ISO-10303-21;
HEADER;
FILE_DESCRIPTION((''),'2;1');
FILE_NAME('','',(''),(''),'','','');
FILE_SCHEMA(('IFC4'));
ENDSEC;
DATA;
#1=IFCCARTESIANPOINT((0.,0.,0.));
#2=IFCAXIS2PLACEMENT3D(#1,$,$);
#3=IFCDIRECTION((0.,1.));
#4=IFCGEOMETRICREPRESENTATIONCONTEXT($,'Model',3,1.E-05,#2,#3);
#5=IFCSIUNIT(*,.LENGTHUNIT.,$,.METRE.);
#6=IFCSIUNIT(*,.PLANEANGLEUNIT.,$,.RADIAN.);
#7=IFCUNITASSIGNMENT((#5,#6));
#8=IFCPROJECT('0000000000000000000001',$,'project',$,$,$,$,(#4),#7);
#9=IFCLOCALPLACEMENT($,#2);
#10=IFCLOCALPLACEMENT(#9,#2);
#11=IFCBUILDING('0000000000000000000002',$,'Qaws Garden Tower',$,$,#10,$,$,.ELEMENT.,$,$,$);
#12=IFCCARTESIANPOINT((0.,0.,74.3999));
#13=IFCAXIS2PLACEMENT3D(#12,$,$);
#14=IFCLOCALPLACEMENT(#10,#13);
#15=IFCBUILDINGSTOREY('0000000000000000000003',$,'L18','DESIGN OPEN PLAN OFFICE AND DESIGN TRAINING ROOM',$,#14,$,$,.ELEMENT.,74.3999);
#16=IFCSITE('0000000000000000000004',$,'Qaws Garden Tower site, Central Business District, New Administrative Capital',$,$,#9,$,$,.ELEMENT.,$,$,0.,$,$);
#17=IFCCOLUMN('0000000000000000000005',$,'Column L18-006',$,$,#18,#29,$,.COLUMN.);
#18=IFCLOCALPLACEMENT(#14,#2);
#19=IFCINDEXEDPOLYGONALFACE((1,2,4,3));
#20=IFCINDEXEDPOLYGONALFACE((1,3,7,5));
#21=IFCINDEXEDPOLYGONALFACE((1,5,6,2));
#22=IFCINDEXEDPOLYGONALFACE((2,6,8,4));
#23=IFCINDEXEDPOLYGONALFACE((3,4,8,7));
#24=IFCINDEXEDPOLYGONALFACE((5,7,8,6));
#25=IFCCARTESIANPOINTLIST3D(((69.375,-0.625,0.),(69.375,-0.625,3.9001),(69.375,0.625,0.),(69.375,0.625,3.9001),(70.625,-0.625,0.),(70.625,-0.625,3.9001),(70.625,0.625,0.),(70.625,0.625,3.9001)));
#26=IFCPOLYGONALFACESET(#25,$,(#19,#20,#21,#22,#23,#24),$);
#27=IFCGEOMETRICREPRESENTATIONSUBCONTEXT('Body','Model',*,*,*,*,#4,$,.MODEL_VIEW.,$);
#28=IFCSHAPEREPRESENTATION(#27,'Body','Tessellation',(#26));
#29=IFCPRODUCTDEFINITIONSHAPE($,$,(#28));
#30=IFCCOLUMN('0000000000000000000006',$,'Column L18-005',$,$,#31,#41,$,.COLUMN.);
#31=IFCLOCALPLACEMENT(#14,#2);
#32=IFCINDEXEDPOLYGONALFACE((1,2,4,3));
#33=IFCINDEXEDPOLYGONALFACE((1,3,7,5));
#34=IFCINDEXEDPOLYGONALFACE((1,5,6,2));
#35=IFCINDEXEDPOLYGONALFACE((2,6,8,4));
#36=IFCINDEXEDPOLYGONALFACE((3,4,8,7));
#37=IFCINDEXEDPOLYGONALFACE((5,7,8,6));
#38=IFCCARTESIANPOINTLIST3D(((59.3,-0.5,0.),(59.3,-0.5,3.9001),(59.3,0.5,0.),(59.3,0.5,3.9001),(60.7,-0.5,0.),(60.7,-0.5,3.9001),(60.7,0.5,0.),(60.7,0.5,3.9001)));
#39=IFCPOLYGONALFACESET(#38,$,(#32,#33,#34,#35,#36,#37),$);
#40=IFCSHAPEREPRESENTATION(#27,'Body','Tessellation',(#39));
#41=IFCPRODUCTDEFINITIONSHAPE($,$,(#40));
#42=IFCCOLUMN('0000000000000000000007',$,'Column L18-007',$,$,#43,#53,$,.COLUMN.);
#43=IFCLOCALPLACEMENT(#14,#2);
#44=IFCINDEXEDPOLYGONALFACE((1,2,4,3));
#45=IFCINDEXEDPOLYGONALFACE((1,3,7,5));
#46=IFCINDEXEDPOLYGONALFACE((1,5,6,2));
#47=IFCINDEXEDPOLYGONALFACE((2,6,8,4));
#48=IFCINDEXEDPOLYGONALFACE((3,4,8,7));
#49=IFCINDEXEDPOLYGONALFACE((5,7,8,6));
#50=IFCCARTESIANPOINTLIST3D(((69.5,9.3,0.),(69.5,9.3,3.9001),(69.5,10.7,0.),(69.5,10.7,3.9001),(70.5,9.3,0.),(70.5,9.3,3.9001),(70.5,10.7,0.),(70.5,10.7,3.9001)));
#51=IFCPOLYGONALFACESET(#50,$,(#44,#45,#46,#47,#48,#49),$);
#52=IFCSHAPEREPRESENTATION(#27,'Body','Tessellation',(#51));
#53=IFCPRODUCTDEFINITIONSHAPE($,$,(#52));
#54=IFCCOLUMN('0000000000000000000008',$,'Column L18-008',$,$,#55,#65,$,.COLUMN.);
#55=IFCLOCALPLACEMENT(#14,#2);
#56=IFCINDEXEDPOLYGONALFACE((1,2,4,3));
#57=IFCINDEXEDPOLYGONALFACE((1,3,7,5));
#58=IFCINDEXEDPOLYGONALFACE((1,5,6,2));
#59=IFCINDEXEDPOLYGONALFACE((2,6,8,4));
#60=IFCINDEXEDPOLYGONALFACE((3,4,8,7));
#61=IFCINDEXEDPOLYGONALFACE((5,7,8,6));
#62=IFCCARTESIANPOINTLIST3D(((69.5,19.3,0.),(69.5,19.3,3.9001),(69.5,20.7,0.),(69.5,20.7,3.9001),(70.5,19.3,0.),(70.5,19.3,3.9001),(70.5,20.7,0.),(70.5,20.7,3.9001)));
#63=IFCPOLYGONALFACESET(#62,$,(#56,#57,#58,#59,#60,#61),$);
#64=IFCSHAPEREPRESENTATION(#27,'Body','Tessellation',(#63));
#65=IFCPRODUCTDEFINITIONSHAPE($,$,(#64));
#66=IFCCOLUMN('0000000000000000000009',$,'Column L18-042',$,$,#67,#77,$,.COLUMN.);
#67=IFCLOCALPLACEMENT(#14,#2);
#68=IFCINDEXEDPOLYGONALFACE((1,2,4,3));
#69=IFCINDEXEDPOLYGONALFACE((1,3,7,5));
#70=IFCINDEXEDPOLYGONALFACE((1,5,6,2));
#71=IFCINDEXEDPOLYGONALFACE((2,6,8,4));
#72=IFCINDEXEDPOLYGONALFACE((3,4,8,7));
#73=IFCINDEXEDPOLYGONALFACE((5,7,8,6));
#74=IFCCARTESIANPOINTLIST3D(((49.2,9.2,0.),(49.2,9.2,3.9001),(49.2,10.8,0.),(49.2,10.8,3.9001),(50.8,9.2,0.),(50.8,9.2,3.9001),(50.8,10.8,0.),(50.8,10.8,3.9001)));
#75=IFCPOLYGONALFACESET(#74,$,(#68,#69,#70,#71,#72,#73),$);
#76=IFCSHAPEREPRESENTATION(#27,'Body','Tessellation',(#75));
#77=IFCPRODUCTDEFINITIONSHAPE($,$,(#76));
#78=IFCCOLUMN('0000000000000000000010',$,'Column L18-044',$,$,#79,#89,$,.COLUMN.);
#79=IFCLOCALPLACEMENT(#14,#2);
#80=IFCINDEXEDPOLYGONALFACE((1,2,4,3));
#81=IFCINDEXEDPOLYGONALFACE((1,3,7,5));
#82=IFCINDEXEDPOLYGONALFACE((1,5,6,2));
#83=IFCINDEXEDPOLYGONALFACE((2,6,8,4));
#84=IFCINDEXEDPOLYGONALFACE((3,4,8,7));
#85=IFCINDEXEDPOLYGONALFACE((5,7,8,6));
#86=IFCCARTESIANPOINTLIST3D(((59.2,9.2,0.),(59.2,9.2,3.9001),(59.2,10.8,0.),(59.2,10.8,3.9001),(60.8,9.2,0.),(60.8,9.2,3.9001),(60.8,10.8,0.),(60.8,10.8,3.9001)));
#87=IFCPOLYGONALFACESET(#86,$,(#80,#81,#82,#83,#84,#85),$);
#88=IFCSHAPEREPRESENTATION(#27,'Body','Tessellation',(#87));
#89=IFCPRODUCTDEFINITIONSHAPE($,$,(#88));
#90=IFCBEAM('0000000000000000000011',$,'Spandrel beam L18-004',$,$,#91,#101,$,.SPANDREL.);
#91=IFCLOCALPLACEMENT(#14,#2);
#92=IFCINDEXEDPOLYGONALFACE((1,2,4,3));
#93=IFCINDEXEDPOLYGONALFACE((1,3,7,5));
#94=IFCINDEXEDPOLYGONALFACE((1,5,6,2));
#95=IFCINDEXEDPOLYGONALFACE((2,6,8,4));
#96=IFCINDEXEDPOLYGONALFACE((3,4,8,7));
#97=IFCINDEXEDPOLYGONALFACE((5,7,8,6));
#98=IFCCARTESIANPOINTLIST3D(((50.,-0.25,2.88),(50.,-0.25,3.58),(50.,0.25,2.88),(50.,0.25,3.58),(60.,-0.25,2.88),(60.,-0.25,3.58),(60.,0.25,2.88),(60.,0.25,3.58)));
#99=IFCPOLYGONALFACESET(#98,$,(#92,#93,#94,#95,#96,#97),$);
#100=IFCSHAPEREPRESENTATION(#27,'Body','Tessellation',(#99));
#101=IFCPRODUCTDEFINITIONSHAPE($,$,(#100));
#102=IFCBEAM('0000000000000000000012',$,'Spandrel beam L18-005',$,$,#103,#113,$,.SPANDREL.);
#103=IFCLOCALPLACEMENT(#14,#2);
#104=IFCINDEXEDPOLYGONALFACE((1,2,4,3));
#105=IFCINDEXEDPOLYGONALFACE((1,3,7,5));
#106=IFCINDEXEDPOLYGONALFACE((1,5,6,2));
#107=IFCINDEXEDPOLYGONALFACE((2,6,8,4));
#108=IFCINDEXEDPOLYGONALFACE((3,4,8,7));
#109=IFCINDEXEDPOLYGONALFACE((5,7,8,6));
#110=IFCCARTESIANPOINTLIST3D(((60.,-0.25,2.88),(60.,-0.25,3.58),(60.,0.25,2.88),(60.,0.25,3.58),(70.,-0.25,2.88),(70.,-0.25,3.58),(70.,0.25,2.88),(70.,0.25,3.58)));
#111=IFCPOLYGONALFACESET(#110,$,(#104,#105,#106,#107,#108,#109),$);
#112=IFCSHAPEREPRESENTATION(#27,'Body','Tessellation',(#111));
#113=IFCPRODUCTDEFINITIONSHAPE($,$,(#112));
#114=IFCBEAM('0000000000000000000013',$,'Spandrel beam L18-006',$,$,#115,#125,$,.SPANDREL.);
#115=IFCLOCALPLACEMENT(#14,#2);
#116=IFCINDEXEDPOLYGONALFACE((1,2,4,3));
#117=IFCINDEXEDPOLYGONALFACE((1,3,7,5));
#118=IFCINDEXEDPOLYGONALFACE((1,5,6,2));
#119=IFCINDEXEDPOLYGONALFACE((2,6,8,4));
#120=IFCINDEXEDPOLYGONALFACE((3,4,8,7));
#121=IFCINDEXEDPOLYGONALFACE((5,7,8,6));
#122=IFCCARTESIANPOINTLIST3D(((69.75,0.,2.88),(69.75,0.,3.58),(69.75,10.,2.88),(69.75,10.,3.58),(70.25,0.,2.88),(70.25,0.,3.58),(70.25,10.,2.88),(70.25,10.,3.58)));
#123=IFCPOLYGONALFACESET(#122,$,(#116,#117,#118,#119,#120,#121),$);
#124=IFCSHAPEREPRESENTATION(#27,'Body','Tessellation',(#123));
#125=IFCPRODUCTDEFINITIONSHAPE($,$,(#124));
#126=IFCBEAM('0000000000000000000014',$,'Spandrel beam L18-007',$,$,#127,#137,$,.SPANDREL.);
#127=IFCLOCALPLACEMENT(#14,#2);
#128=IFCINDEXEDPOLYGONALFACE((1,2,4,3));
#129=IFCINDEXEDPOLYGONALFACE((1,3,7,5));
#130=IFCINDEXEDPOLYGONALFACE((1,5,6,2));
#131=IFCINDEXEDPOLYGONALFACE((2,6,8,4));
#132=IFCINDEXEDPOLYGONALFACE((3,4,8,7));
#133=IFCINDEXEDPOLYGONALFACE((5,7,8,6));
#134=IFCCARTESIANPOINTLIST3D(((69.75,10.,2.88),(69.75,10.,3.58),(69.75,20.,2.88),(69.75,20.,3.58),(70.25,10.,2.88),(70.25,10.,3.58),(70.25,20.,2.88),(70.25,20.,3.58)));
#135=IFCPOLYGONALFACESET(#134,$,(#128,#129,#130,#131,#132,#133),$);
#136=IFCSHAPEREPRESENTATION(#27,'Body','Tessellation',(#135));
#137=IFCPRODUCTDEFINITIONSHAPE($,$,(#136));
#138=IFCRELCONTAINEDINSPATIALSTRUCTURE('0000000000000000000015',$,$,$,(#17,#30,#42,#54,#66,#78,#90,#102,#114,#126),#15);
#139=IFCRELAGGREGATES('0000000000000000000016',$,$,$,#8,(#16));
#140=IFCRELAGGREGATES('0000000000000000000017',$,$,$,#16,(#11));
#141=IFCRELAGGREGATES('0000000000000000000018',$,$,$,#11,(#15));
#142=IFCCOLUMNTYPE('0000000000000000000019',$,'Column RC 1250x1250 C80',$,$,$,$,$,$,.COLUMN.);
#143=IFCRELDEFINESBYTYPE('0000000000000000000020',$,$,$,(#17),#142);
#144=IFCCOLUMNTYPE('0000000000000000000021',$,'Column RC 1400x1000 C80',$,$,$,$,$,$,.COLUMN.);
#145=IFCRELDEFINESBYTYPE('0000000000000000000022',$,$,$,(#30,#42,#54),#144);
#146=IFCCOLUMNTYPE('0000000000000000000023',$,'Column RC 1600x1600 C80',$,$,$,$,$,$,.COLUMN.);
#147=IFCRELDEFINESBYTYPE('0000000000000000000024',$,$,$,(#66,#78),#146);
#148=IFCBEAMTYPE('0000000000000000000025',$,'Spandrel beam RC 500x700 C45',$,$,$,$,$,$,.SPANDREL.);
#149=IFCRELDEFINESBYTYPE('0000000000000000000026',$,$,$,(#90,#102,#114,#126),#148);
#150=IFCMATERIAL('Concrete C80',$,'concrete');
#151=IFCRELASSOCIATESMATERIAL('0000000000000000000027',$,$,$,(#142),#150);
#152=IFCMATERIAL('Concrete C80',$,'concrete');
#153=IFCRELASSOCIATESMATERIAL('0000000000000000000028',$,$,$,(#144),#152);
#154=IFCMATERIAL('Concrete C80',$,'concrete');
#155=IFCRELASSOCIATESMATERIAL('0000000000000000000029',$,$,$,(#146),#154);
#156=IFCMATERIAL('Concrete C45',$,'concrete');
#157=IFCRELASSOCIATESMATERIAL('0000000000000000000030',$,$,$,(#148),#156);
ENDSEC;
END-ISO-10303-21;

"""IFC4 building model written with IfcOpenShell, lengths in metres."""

from ifc_helpers import new_model, si_unit, direction, frame, origin, origin_2d, place, context, subcontext, project, spatial, rectangle, extrude, material, material_profile, profile_set, type_object, element, save


model = new_model("IFC4")

# Units and contexts
model_context = context("Model", 3, precision=1e-05, world=origin(), true_north=direction((0.0, 1.0)))
body_context = subcontext(model_context, "Body", "Model", "MODEL_VIEW")
ifc_project = project(units=[si_unit("LENGTHUNIT", "METRE"), si_unit("PLANEANGLEUNIT", "RADIAN")], contexts=[model_context])

# Site, building, storey
site_placement = place(None, origin())
site = spatial("IfcSite", under=ifc_project, at=site_placement, Name="Qaws Garden Tower site, Central Business District, New Administrative Capital", CompositionType="ELEMENT", RefElevation=0.0)
building_placement = place(site_placement, origin())
building = spatial("IfcBuilding", under=site, at=building_placement, Name="Qaws Garden Tower", CompositionType="ELEMENT")
storey_placement = place(building_placement, frame((0.0, 0.0, 74.3999)))
storey = spatial("IfcBuildingStorey", under=building, at=storey_placement, Name="L18", Description="DESIGN OPEN PLAN OFFICE AND DESIGN TRAINING ROOM", CompositionType="ELEMENT", Elevation=74.3999)

# Columns
ifc_material_1 = material(Name="Concrete C80", Category="concrete")
ifc_material_profile_1 = material_profile(ifc_material_1, rectangle(XDim=1.25, YDim=1.25, at=origin_2d()), Name="RC 1250x1250")
ifc_profile_set_1 = profile_set([ifc_material_profile_1], Name="Concrete C80")
column_type_1 = type_object("IfcColumnType", Name="Column RC 1250x1250 C80", PredefinedType="COLUMN", material=ifc_profile_set_1)
column_placement = place(storey_placement, frame((70.0, 0.0, 0.0), z_axis=(0.0, 0.0, 1.0), x_axis=(1.0, 0.0, 0.0)))
element("IfcColumn", 1, at=column_placement, inside=storey, type_object=column_type_1, Name="Column L18-006", PredefinedType="COLUMN", context=body_context, shape_type="SweptSolid", body=[
    extrude(rectangle(XDim=1.25, YDim=1.25, at=origin_2d()), origin(), (0.0, 0.0, 1.0), 3.9001),
])
ifc_material_2 = material(Name="Concrete C80", Category="concrete")
ifc_material_profile_2 = material_profile(ifc_material_2, rectangle(XDim=1.3999, YDim=1.0, at=origin_2d()), Name="RC 1400x1000")
ifc_profile_set_2 = profile_set([ifc_material_profile_2], Name="Concrete C80")
column_type_2 = type_object("IfcColumnType", Name="Column RC 1400x1000 C80", PredefinedType="COLUMN", material=ifc_profile_set_2)
for number, where, z_axis, x_axis, name in (
    (2, (60.0, 0.0, 0.0), (0.0, 0.0, 1.0), (1.0, 0.0, 0.0), "Column L18-005"),
    (3, (70.0, 10.0, 0.0), (0.0, 0.0, 1.0), (0.0, 1.0, 0.0), "Column L18-007"),
    (4, (70.0, 20.0, 0.0), (0.0, 0.0, 1.0), (0.0, 1.0, 0.0), "Column L18-008"),
):
    element("IfcColumn", number, at=place(storey_placement, frame(where, z_axis=z_axis, x_axis=x_axis)), inside=storey, type_object=column_type_2, Name=name, PredefinedType="COLUMN", context=body_context, shape_type="SweptSolid", body=[
        extrude(rectangle(XDim=1.3999, YDim=1.0, at=origin_2d()), origin(), (0.0, 0.0, 1.0), 3.9001),
    ])
ifc_material_3 = material(Name="Concrete C80", Category="concrete")
ifc_material_profile_3 = material_profile(ifc_material_3, rectangle(XDim=1.6001, YDim=1.6001, at=origin_2d()), Name="RC 1600x1600")
ifc_profile_set_3 = profile_set([ifc_material_profile_3], Name="Concrete C80")
column_type_3 = type_object("IfcColumnType", Name="Column RC 1600x1600 C80", PredefinedType="COLUMN", material=ifc_profile_set_3)
for number, where, z_axis, x_axis, name in (
    (5, (50.0, 10.0, 0.0), (0.0, 0.0, 1.0), (1.0, 0.0, 0.0), "Column L18-042"),
    (6, (60.0, 10.0, 0.0), (0.0, 0.0, 1.0), (1.0, 0.0, 0.0), "Column L18-044"),
):
    element("IfcColumn", number, at=place(storey_placement, frame(where, z_axis=z_axis, x_axis=x_axis)), inside=storey, type_object=column_type_3, Name=name, PredefinedType="COLUMN", context=body_context, shape_type="SweptSolid", body=[
        extrude(rectangle(XDim=1.6001, YDim=1.6001, at=origin_2d()), origin(), (0.0, 0.0, 1.0), 3.9001),
    ])

# Beams
ifc_material_4 = material(Name="Concrete C45", Category="concrete")
ifc_material_profile_4 = material_profile(ifc_material_4, rectangle(XDim=0.5, YDim=0.7, at=origin_2d()), Name="RC 500x700")
ifc_profile_set_4 = profile_set([ifc_material_profile_4], Name="Concrete C45")
beam_type = type_object("IfcBeamType", Name="Spandrel beam RC 500x700 C45", PredefinedType="SPANDREL", material=ifc_profile_set_4)
for number, where, z_axis, x_axis, name in (
    (7, (50.0, 0.0, 3.23), (1.0, 0.0, 0.0), (0.0, 1.0, 0.0), "Spandrel beam L18-004"),
    (8, (60.0, 0.0, 3.23), (1.0, 0.0, 0.0), (0.0, 1.0, 0.0), "Spandrel beam L18-005"),
    (9, (70.0, 0.0, 3.23), (0.0, 1.0, 0.0), (-1.0, 0.0, 0.0), "Spandrel beam L18-006"),
    (10, (70.0, 10.0, 3.23), (0.0, 1.0, 0.0), (-1.0, 0.0, 0.0), "Spandrel beam L18-007"),
):
    element("IfcBeam", number, at=place(storey_placement, frame(where, z_axis=z_axis, x_axis=x_axis)), inside=storey, type_object=beam_type, Name=name, PredefinedType="SPANDREL", context=body_context, shape_type="SweptSolid", body=[
        extrude(rectangle(XDim=0.5, YDim=0.7, at=origin_2d()), origin(), (0.0, 0.0, 1.0), 10.0),
    ])

save(model, "model.ifc")
